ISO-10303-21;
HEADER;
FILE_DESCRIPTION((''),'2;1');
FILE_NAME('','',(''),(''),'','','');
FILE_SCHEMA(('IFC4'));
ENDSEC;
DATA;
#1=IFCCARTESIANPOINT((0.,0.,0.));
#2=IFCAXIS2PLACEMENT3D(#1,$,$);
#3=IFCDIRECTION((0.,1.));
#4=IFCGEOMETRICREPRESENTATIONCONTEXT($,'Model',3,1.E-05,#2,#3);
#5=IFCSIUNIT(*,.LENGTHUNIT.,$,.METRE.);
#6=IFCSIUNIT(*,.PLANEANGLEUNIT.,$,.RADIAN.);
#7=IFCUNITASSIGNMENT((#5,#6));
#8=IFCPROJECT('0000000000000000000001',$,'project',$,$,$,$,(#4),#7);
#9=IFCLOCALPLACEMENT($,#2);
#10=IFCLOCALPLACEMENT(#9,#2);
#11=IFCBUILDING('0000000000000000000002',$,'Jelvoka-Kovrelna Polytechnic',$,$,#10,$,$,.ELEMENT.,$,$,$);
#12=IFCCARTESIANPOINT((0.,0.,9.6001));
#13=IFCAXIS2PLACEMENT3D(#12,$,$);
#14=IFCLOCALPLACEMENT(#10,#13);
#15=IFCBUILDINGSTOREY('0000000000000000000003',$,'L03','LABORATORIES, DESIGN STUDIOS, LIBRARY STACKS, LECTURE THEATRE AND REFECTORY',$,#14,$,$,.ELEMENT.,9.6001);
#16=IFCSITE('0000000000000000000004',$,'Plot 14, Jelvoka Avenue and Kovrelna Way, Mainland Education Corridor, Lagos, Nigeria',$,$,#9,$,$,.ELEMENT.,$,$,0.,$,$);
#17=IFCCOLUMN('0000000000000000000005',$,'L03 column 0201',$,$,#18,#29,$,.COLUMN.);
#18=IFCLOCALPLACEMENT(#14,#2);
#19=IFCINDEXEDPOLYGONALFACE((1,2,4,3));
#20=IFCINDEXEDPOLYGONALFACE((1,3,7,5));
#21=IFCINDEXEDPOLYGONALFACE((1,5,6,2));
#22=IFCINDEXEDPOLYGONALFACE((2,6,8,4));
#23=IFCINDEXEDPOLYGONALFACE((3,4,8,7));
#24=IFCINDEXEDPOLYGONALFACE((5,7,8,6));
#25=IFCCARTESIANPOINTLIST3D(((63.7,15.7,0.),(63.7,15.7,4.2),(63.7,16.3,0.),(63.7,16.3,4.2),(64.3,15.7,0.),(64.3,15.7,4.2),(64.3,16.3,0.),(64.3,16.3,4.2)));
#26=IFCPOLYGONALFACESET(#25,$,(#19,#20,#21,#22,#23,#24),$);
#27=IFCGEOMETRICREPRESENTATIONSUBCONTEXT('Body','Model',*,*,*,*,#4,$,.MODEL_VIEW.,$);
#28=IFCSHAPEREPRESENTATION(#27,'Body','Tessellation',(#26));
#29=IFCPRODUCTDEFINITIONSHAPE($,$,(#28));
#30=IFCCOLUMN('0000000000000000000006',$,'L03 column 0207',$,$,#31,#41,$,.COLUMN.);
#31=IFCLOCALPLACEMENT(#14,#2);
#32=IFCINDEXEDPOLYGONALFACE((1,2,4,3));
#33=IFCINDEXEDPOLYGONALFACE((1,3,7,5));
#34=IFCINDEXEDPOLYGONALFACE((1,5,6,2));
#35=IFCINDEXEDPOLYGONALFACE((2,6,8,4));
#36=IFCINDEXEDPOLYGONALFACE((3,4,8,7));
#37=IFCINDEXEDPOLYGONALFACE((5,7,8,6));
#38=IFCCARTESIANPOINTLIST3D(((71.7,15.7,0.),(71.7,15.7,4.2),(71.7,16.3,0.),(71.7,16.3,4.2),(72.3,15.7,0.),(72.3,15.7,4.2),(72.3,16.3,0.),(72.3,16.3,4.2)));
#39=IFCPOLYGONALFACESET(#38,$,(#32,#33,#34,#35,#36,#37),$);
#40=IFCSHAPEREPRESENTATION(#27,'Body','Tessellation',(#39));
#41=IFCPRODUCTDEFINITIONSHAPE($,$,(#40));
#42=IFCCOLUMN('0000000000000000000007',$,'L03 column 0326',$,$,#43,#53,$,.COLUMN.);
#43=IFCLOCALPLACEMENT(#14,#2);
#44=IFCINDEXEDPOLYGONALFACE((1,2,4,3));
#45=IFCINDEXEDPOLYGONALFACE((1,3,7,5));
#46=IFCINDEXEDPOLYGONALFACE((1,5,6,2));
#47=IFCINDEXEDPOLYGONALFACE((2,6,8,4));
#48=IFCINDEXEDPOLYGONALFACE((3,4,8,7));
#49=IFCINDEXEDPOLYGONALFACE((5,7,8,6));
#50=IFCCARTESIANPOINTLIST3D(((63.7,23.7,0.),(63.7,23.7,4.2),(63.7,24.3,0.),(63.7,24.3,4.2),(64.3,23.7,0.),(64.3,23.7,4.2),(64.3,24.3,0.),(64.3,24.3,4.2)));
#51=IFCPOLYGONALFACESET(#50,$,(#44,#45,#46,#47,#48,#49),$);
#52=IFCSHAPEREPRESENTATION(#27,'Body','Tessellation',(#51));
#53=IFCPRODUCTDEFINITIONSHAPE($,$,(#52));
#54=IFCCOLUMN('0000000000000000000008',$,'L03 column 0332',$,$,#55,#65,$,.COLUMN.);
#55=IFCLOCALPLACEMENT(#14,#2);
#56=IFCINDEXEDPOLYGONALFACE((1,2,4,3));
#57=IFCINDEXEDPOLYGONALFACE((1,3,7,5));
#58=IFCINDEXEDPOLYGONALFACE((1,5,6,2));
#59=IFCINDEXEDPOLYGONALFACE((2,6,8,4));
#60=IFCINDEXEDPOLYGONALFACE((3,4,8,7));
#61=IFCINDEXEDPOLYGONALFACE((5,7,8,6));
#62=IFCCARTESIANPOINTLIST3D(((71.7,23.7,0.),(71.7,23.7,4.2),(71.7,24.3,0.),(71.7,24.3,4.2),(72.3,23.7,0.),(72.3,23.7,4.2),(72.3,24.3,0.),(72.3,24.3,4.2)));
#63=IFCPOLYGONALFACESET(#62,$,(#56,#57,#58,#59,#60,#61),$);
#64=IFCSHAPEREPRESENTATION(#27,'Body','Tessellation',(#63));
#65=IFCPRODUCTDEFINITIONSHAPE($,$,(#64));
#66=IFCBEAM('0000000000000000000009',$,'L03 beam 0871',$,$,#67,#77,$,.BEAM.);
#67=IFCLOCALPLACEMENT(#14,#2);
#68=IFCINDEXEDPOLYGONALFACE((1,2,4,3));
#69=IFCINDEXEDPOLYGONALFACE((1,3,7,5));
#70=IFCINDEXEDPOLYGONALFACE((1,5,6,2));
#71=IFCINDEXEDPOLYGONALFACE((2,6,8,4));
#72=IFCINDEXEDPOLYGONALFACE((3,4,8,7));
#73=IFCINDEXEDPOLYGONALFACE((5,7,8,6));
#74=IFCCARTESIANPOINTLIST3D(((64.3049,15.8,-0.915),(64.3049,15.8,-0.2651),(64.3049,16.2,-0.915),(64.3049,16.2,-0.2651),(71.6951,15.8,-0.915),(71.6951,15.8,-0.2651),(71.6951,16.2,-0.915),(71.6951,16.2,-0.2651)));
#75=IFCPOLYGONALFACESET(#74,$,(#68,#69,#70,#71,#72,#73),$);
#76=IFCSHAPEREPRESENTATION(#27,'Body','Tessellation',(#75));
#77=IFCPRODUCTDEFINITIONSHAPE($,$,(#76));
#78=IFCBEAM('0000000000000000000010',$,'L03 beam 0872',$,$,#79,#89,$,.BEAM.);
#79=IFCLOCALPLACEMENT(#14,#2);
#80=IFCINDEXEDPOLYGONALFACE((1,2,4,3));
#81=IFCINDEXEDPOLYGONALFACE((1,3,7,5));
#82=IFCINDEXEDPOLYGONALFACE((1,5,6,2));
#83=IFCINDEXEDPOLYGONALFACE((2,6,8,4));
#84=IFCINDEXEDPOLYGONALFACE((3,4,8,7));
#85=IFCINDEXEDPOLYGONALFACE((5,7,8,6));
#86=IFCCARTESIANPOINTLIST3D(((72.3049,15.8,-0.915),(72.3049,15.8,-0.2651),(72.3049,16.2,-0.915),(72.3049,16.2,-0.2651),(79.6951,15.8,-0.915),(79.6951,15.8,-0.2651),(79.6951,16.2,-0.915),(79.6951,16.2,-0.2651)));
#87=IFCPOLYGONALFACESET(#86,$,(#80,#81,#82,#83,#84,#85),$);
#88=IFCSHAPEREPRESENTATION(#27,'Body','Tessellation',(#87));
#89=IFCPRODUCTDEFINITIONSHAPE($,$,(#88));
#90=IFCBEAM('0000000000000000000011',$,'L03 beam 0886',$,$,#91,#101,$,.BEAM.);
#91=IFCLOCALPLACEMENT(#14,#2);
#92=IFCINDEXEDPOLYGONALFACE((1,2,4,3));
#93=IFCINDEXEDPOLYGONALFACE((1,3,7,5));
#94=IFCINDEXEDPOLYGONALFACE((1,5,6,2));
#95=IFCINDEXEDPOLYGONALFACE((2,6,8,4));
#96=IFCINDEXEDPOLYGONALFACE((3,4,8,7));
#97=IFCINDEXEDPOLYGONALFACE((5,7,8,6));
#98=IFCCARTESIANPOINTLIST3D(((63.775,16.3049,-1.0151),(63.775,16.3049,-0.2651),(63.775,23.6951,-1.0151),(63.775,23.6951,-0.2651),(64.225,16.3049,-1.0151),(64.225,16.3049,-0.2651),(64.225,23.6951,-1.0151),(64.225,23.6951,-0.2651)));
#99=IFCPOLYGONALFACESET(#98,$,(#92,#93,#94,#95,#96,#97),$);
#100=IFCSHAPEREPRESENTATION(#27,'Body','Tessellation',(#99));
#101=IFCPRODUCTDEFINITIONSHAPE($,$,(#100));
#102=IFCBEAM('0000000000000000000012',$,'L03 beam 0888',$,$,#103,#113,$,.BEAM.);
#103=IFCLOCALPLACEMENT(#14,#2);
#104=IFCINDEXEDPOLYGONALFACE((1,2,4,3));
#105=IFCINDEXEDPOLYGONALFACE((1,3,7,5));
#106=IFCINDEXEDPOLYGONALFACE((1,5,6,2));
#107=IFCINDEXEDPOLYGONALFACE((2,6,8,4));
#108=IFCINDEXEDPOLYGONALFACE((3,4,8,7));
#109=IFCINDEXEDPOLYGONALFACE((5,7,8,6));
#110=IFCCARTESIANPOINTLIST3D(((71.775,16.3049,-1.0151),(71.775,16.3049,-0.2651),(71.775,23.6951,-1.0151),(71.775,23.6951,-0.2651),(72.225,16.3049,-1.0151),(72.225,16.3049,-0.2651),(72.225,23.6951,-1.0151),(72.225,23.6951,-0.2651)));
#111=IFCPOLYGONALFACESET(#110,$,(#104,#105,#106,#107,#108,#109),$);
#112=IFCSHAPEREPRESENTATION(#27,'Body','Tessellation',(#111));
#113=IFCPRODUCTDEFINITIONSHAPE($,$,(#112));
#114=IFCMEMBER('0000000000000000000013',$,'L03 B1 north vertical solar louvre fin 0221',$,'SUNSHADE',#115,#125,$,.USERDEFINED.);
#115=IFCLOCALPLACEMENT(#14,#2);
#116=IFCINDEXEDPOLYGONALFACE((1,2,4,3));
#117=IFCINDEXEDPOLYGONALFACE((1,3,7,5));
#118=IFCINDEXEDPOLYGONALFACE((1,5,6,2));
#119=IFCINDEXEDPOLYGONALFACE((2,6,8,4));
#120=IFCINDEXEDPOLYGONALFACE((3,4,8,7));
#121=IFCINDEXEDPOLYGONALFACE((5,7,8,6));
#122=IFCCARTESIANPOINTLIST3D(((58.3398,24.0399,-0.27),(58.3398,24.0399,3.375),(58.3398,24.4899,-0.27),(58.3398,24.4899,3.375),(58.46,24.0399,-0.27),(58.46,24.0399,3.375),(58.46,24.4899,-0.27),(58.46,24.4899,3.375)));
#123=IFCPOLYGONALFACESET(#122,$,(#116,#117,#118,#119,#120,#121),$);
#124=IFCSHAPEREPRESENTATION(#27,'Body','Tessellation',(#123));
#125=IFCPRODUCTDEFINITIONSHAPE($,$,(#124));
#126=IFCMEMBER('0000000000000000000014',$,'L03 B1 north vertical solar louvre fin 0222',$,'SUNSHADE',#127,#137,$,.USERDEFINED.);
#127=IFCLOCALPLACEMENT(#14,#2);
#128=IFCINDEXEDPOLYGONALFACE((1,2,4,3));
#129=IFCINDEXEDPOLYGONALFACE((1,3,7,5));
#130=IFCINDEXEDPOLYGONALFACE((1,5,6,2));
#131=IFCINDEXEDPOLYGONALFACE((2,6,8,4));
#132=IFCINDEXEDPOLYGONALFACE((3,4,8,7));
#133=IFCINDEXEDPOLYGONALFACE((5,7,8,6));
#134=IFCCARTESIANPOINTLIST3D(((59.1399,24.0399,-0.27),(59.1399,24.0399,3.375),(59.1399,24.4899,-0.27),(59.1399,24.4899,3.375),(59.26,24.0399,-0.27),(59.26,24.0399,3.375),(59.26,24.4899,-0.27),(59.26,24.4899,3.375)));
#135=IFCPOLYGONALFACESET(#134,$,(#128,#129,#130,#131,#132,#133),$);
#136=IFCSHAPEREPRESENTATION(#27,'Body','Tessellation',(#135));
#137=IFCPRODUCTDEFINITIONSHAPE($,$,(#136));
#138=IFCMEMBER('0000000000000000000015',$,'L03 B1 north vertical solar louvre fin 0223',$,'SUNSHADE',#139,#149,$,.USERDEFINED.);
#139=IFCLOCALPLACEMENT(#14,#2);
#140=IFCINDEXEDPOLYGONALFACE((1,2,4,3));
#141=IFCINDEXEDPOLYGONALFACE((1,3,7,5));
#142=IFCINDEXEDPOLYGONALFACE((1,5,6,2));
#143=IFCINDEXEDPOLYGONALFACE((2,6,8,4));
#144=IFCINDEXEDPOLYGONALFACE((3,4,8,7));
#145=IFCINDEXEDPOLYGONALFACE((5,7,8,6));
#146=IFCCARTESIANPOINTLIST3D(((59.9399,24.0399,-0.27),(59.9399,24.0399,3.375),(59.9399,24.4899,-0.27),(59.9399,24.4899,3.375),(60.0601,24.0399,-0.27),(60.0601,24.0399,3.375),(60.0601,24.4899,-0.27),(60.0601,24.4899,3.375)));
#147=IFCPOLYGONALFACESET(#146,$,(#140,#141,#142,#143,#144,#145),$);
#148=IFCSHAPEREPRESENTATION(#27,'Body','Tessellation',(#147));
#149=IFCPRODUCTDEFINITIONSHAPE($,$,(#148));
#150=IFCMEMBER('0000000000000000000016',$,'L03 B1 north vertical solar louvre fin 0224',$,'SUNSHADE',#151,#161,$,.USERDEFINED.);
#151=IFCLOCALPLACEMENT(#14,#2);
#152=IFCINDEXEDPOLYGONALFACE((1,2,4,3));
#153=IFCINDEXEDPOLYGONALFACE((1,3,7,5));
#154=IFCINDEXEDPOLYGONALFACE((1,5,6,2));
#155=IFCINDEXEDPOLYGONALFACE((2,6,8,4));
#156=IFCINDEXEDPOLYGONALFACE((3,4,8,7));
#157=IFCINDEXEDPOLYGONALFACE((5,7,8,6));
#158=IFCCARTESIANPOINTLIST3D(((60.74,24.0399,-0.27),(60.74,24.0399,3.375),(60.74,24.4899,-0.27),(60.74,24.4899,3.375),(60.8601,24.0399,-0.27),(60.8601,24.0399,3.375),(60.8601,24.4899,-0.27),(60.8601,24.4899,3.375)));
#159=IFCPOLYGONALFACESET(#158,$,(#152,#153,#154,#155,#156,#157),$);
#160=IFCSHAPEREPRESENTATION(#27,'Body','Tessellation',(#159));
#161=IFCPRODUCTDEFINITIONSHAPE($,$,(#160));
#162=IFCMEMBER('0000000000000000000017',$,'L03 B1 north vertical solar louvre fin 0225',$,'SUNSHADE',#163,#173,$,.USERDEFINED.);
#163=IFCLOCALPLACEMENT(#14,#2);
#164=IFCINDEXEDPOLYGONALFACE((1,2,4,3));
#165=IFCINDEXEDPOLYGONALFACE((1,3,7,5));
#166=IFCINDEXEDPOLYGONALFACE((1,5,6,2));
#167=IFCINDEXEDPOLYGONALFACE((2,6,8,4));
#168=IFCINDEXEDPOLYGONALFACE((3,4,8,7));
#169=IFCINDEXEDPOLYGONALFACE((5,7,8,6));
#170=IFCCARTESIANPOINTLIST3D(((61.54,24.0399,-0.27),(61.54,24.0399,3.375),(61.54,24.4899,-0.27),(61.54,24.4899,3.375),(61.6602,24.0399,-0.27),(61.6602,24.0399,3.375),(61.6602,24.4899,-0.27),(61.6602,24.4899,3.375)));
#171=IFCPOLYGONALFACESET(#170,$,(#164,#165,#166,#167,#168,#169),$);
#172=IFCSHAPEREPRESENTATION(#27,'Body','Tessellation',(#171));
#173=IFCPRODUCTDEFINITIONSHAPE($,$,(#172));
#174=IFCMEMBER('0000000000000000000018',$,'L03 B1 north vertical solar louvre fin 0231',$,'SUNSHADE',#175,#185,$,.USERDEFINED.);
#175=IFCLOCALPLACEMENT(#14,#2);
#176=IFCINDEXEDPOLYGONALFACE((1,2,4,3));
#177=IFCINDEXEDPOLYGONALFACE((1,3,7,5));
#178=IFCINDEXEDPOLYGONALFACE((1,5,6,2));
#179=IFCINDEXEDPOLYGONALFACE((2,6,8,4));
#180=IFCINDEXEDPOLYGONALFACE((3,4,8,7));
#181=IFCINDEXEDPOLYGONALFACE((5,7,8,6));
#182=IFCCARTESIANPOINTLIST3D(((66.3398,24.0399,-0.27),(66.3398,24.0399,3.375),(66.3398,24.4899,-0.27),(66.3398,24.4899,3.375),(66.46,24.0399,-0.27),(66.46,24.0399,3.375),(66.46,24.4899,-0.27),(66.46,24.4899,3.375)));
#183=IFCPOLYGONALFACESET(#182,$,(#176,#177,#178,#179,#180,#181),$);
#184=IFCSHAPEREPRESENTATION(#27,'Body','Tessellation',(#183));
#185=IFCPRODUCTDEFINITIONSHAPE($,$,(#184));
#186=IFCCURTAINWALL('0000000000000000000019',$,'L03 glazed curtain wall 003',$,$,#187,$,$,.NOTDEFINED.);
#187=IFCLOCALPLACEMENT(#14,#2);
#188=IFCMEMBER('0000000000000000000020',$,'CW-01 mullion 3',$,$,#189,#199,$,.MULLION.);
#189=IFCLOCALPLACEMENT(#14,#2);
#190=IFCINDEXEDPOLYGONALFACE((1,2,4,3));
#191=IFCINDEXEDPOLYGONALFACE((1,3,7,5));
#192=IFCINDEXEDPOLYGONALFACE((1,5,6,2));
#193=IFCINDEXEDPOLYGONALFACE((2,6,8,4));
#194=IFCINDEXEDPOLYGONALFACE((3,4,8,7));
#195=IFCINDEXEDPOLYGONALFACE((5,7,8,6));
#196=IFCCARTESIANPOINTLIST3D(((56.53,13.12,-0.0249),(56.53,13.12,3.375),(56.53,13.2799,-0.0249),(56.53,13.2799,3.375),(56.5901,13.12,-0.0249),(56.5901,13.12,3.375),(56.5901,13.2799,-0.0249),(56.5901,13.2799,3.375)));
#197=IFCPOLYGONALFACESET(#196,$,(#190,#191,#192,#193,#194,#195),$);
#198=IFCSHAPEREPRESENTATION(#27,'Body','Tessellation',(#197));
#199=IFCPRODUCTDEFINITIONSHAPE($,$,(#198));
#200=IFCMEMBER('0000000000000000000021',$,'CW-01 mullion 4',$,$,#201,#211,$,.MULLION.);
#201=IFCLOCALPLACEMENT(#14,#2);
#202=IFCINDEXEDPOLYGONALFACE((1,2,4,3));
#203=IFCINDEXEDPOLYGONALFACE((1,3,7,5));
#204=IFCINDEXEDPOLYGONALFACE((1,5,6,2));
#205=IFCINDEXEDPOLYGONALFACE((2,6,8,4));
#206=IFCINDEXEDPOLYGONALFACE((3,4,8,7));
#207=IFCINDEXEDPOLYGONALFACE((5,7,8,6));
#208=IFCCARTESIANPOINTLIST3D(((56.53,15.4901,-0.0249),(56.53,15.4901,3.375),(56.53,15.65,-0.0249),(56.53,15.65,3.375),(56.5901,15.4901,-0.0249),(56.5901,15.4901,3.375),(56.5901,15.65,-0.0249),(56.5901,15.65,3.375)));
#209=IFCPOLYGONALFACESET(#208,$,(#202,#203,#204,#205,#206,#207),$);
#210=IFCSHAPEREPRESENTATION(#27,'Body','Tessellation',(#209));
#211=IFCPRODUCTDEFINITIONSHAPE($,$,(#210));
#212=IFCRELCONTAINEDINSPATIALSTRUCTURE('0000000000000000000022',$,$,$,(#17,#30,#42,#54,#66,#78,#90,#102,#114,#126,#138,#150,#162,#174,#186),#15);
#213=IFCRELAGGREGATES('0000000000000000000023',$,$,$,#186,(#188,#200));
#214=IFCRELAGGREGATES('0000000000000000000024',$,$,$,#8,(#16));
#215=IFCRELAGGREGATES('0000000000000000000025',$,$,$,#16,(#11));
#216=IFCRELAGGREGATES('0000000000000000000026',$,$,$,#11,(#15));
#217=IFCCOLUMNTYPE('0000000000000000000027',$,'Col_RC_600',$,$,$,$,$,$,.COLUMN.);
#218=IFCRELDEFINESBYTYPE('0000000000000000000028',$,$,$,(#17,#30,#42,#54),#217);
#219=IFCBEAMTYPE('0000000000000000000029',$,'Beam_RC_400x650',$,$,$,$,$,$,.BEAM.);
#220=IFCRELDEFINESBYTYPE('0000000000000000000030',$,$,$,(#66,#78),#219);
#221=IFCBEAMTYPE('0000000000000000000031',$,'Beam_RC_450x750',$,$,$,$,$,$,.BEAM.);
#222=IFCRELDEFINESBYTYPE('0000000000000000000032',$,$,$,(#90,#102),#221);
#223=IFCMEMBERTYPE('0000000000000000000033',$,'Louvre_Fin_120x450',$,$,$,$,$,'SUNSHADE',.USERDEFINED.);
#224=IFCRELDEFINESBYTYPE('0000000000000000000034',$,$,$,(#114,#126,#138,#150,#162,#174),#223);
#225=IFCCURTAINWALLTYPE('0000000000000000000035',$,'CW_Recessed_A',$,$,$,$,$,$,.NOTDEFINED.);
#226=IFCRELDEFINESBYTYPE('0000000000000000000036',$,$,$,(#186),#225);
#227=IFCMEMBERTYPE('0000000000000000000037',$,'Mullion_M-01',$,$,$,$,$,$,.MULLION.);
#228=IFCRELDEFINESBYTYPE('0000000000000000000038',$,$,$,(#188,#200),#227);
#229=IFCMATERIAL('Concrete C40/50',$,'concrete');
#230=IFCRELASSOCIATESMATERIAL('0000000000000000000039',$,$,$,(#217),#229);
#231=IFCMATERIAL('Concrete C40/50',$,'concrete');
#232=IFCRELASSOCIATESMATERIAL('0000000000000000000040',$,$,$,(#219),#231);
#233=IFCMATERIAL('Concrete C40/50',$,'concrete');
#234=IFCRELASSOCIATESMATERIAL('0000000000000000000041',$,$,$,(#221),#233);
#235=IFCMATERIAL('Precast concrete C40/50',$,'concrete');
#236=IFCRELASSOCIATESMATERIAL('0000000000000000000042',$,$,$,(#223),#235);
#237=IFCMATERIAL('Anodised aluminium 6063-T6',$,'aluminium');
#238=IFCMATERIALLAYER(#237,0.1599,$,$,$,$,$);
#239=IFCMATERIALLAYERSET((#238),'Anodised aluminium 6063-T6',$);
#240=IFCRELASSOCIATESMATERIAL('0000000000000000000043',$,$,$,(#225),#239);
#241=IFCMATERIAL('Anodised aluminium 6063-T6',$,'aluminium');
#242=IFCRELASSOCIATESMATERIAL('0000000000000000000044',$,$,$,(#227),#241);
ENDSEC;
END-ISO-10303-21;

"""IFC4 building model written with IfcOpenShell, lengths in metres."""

from ifc_helpers import new_model, si_unit, direction, frame, origin, origin_2d, place, context, subcontext, project, spatial, rectangle, extrude, material, layer, layer_set, material_profile, profile_set, type_object, element, aggregate, save


model = new_model("IFC4")

# Units and contexts
model_context = context("Model", 3, precision=1e-05, world=origin(), true_north=direction((0.0, 1.0)))
body_context = subcontext(model_context, "Body", "Model", "MODEL_VIEW")
ifc_project = project(units=[si_unit("LENGTHUNIT", "METRE"), si_unit("PLANEANGLEUNIT", "RADIAN")], contexts=[model_context])

# Site, building, storey
site_placement = place(None, origin())
site = spatial("IfcSite", under=ifc_project, at=site_placement, Name="Plot 14, Jelvoka Avenue and Kovrelna Way, Mainland Education Corridor, Lagos, Nigeria", CompositionType="ELEMENT", RefElevation=0.0)
building_placement = place(site_placement, origin())
building = spatial("IfcBuilding", under=site, at=building_placement, Name="Jelvoka-Kovrelna Polytechnic", CompositionType="ELEMENT")
storey_placement = place(building_placement, frame((0.0, 0.0, 9.6001)))
storey = spatial("IfcBuildingStorey", under=building, at=storey_placement, Name="L03", Description="LABORATORIES, DESIGN STUDIOS, LIBRARY STACKS, LECTURE THEATRE AND REFECTORY", CompositionType="ELEMENT", Elevation=9.6001)

# Columns
ifc_material_1 = material(Name="Concrete C40/50", Category="concrete")
ifc_material_profile_1 = material_profile(ifc_material_1, rectangle(XDim=0.6001, YDim=0.6001, at=origin_2d()), Name="RC 600x600")
ifc_profile_set_1 = profile_set([ifc_material_profile_1], Name="Concrete C40/50")
column_type = type_object("IfcColumnType", Name="Col_RC_600", PredefinedType="COLUMN", material=ifc_profile_set_1)
for number, where, z_axis, x_axis, name in (
    (1, (64.0, 16.0, 0.0), (0.0, 0.0, 1.0), (1.0, 0.0, 0.0), "L03 column 0201"),
    (2, (72.0, 16.0, 0.0), (0.0, 0.0, 1.0), (1.0, 0.0, 0.0), "L03 column 0207"),
    (3, (64.0, 24.0, 0.0), (0.0, 0.0, 1.0), (1.0, 0.0, 0.0), "L03 column 0326"),
    (4, (72.0, 24.0, 0.0), (0.0, 0.0, 1.0), (1.0, 0.0, 0.0), "L03 column 0332"),
):
    element("IfcColumn", number, at=place(storey_placement, frame(where, z_axis=z_axis, x_axis=x_axis)), inside=storey, type_object=column_type, Name=name, PredefinedType="COLUMN", context=body_context, shape_type="SweptSolid", body=[
        extrude(rectangle(XDim=0.6001, YDim=0.6001, at=origin_2d()), origin(), (0.0, 0.0, 1.0), 4.2),
    ])

# Beams
ifc_material_2 = material(Name="Concrete C40/50", Category="concrete")
ifc_material_profile_2 = material_profile(ifc_material_2, rectangle(XDim=0.3999, YDim=0.6499, at=origin_2d()), Name="RC 400x650")
ifc_profile_set_2 = profile_set([ifc_material_profile_2], Name="Concrete C40/50")
beam_type_1 = type_object("IfcBeamType", Name="Beam_RC_400x650", PredefinedType="BEAM", material=ifc_profile_set_2)
for number, where, z_axis, x_axis, name in (
    (5, (64.3049, 16.0, -0.5901), (1.0, 0.0, 0.0), (0.0, 1.0, 0.0), "L03 beam 0871"),
    (6, (72.3049, 16.0, -0.5901), (1.0, 0.0, 0.0), (0.0, 1.0, 0.0), "L03 beam 0872"),
):
    element("IfcBeam", number, at=place(storey_placement, frame(where, z_axis=z_axis, x_axis=x_axis)), inside=storey, type_object=beam_type_1, Name=name, PredefinedType="BEAM", context=body_context, shape_type="SweptSolid", body=[
        extrude(rectangle(XDim=0.3999, YDim=0.6499, at=origin_2d()), origin(), (0.0, 0.0, 1.0), 7.3901),
    ])
ifc_material_3 = material(Name="Concrete C40/50", Category="concrete")
ifc_material_profile_3 = material_profile(ifc_material_3, rectangle(XDim=0.45, YDim=0.75, at=origin_2d()), Name="RC 450x750")
ifc_profile_set_3 = profile_set([ifc_material_profile_3], Name="Concrete C40/50")
beam_type_2 = type_object("IfcBeamType", Name="Beam_RC_450x750", PredefinedType="BEAM", material=ifc_profile_set_3)
for number, where, z_axis, x_axis, name in (
    (7, (64.0, 16.3049, -0.6401), (0.0, 1.0, 0.0), (-1.0, 0.0, 0.0), "L03 beam 0886"),
    (8, (72.0, 16.3049, -0.6401), (0.0, 1.0, 0.0), (-1.0, 0.0, 0.0), "L03 beam 0888"),
):
    element("IfcBeam", number, at=place(storey_placement, frame(where, z_axis=z_axis, x_axis=x_axis)), inside=storey, type_object=beam_type_2, Name=name, PredefinedType="BEAM", context=body_context, shape_type="SweptSolid", body=[
        extrude(rectangle(XDim=0.45, YDim=0.75, at=origin_2d()), origin(), (0.0, 0.0, 1.0), 7.3901),
    ])

# Members
ifc_material_4 = material(Name="Precast concrete C40/50", Category="concrete")
ifc_material_profile_4 = material_profile(ifc_material_4, rectangle(XDim=0.1201, YDim=0.45, at=origin_2d()), Name="PC 120x450")
ifc_profile_set_4 = profile_set([ifc_material_profile_4], Name="Precast concrete C40/50")
member_type_1 = type_object("IfcMemberType", Name="Louvre_Fin_120x450", ElementType="SUNSHADE", PredefinedType="USERDEFINED", material=ifc_profile_set_4)
for number, where, z_axis, x_axis, name in (
    (9, (58.3999, 24.2649, -0.27), (0.0, 0.0, 1.0), (1.0, 0.0, 0.0), "L03 B1 north vertical solar louvre fin 0221"),
    (10, (59.2, 24.2649, -0.27), (0.0, 0.0, 1.0), (1.0, 0.0, 0.0), "L03 B1 north vertical solar louvre fin 0222"),
    (11, (60.0, 24.2649, -0.27), (0.0, 0.0, 1.0), (1.0, 0.0, 0.0), "L03 B1 north vertical solar louvre fin 0223"),
    (12, (60.8, 24.2649, -0.27), (0.0, 0.0, 1.0), (1.0, 0.0, 0.0), "L03 B1 north vertical solar louvre fin 0224"),
    (13, (61.6001, 24.2649, -0.27), (0.0, 0.0, 1.0), (1.0, 0.0, 0.0), "L03 B1 north vertical solar louvre fin 0225"),
    (14, (66.3999, 24.2649, -0.27), (0.0, 0.0, 1.0), (1.0, 0.0, 0.0), "L03 B1 north vertical solar louvre fin 0231"),
):
    element("IfcMember", number, at=place(storey_placement, frame(where, z_axis=z_axis, x_axis=x_axis)), inside=storey, type_object=member_type_1, Name=name, ObjectType="SUNSHADE", PredefinedType="USERDEFINED", context=body_context, shape_type="SweptSolid", body=[
        extrude(rectangle(XDim=0.1201, YDim=0.45, at=origin_2d()), origin(), (0.0, 0.0, 1.0), 3.645),
    ])

# Curtain wall, members
ifc_material_5 = material(Name="Anodised aluminium 6063-T6", Category="aluminium")
ifc_layer_1 = layer(ifc_material_5, 0.1599)
ifc_layer_set_1 = layer_set([ifc_layer_1], Name="Anodised aluminium 6063-T6")
curtain_wall_type = type_object("IfcCurtainWallType", Name="CW_Recessed_A", PredefinedType="NOTDEFINED", material=ifc_layer_set_1)
curtain_wall_placement = place(storey_placement, origin())
curtain_wall = element("IfcCurtainWall", 15, at=curtain_wall_placement, inside=storey, type_object=curtain_wall_type, Name="L03 glazed curtain wall 003", PredefinedType="NOTDEFINED")
ifc_material_6 = material(Name="Anodised aluminium 6063-T6", Category="aluminium")
ifc_material_profile_5 = material_profile(ifc_material_6, rectangle(XDim=0.0601, YDim=0.1599, at=origin_2d()), Name="ALU 60x160")
ifc_profile_set_5 = profile_set([ifc_material_profile_5], Name="Anodised aluminium 6063-T6")
member_type_2 = type_object("IfcMemberType", Name="Mullion_M-01", PredefinedType="MULLION", material=ifc_profile_set_5)
member_1_placement = place(storey_placement, frame((56.5601, 13.2, -0.0249), z_axis=(0.0, 0.0, 1.0), x_axis=(-1.0, 0.0, 0.0)))
member_1 = element("IfcMember", 16, at=member_1_placement, type_object=member_type_2, Name="CW-01 mullion 3", PredefinedType="MULLION", context=body_context, shape_type="SweptSolid", body=[
    extrude(rectangle(XDim=0.0601, YDim=0.1599, at=origin_2d()), origin(), (0.0, 0.0, 1.0), 3.3999),
])
member_2_placement = place(storey_placement, frame((56.5601, 15.5701, -0.0249), z_axis=(0.0, 0.0, 1.0), x_axis=(-1.0, 0.0, 0.0)))
member_2 = element("IfcMember", 17, at=member_2_placement, type_object=member_type_2, Name="CW-01 mullion 4", PredefinedType="MULLION", context=body_context, shape_type="SweptSolid", body=[
    extrude(rectangle(XDim=0.0601, YDim=0.1599, at=origin_2d()), origin(), (0.0, 0.0, 1.0), 3.3999),
])

aggregate(curtain_wall, [member_1, member_2])

save(model, "model.ifc")
